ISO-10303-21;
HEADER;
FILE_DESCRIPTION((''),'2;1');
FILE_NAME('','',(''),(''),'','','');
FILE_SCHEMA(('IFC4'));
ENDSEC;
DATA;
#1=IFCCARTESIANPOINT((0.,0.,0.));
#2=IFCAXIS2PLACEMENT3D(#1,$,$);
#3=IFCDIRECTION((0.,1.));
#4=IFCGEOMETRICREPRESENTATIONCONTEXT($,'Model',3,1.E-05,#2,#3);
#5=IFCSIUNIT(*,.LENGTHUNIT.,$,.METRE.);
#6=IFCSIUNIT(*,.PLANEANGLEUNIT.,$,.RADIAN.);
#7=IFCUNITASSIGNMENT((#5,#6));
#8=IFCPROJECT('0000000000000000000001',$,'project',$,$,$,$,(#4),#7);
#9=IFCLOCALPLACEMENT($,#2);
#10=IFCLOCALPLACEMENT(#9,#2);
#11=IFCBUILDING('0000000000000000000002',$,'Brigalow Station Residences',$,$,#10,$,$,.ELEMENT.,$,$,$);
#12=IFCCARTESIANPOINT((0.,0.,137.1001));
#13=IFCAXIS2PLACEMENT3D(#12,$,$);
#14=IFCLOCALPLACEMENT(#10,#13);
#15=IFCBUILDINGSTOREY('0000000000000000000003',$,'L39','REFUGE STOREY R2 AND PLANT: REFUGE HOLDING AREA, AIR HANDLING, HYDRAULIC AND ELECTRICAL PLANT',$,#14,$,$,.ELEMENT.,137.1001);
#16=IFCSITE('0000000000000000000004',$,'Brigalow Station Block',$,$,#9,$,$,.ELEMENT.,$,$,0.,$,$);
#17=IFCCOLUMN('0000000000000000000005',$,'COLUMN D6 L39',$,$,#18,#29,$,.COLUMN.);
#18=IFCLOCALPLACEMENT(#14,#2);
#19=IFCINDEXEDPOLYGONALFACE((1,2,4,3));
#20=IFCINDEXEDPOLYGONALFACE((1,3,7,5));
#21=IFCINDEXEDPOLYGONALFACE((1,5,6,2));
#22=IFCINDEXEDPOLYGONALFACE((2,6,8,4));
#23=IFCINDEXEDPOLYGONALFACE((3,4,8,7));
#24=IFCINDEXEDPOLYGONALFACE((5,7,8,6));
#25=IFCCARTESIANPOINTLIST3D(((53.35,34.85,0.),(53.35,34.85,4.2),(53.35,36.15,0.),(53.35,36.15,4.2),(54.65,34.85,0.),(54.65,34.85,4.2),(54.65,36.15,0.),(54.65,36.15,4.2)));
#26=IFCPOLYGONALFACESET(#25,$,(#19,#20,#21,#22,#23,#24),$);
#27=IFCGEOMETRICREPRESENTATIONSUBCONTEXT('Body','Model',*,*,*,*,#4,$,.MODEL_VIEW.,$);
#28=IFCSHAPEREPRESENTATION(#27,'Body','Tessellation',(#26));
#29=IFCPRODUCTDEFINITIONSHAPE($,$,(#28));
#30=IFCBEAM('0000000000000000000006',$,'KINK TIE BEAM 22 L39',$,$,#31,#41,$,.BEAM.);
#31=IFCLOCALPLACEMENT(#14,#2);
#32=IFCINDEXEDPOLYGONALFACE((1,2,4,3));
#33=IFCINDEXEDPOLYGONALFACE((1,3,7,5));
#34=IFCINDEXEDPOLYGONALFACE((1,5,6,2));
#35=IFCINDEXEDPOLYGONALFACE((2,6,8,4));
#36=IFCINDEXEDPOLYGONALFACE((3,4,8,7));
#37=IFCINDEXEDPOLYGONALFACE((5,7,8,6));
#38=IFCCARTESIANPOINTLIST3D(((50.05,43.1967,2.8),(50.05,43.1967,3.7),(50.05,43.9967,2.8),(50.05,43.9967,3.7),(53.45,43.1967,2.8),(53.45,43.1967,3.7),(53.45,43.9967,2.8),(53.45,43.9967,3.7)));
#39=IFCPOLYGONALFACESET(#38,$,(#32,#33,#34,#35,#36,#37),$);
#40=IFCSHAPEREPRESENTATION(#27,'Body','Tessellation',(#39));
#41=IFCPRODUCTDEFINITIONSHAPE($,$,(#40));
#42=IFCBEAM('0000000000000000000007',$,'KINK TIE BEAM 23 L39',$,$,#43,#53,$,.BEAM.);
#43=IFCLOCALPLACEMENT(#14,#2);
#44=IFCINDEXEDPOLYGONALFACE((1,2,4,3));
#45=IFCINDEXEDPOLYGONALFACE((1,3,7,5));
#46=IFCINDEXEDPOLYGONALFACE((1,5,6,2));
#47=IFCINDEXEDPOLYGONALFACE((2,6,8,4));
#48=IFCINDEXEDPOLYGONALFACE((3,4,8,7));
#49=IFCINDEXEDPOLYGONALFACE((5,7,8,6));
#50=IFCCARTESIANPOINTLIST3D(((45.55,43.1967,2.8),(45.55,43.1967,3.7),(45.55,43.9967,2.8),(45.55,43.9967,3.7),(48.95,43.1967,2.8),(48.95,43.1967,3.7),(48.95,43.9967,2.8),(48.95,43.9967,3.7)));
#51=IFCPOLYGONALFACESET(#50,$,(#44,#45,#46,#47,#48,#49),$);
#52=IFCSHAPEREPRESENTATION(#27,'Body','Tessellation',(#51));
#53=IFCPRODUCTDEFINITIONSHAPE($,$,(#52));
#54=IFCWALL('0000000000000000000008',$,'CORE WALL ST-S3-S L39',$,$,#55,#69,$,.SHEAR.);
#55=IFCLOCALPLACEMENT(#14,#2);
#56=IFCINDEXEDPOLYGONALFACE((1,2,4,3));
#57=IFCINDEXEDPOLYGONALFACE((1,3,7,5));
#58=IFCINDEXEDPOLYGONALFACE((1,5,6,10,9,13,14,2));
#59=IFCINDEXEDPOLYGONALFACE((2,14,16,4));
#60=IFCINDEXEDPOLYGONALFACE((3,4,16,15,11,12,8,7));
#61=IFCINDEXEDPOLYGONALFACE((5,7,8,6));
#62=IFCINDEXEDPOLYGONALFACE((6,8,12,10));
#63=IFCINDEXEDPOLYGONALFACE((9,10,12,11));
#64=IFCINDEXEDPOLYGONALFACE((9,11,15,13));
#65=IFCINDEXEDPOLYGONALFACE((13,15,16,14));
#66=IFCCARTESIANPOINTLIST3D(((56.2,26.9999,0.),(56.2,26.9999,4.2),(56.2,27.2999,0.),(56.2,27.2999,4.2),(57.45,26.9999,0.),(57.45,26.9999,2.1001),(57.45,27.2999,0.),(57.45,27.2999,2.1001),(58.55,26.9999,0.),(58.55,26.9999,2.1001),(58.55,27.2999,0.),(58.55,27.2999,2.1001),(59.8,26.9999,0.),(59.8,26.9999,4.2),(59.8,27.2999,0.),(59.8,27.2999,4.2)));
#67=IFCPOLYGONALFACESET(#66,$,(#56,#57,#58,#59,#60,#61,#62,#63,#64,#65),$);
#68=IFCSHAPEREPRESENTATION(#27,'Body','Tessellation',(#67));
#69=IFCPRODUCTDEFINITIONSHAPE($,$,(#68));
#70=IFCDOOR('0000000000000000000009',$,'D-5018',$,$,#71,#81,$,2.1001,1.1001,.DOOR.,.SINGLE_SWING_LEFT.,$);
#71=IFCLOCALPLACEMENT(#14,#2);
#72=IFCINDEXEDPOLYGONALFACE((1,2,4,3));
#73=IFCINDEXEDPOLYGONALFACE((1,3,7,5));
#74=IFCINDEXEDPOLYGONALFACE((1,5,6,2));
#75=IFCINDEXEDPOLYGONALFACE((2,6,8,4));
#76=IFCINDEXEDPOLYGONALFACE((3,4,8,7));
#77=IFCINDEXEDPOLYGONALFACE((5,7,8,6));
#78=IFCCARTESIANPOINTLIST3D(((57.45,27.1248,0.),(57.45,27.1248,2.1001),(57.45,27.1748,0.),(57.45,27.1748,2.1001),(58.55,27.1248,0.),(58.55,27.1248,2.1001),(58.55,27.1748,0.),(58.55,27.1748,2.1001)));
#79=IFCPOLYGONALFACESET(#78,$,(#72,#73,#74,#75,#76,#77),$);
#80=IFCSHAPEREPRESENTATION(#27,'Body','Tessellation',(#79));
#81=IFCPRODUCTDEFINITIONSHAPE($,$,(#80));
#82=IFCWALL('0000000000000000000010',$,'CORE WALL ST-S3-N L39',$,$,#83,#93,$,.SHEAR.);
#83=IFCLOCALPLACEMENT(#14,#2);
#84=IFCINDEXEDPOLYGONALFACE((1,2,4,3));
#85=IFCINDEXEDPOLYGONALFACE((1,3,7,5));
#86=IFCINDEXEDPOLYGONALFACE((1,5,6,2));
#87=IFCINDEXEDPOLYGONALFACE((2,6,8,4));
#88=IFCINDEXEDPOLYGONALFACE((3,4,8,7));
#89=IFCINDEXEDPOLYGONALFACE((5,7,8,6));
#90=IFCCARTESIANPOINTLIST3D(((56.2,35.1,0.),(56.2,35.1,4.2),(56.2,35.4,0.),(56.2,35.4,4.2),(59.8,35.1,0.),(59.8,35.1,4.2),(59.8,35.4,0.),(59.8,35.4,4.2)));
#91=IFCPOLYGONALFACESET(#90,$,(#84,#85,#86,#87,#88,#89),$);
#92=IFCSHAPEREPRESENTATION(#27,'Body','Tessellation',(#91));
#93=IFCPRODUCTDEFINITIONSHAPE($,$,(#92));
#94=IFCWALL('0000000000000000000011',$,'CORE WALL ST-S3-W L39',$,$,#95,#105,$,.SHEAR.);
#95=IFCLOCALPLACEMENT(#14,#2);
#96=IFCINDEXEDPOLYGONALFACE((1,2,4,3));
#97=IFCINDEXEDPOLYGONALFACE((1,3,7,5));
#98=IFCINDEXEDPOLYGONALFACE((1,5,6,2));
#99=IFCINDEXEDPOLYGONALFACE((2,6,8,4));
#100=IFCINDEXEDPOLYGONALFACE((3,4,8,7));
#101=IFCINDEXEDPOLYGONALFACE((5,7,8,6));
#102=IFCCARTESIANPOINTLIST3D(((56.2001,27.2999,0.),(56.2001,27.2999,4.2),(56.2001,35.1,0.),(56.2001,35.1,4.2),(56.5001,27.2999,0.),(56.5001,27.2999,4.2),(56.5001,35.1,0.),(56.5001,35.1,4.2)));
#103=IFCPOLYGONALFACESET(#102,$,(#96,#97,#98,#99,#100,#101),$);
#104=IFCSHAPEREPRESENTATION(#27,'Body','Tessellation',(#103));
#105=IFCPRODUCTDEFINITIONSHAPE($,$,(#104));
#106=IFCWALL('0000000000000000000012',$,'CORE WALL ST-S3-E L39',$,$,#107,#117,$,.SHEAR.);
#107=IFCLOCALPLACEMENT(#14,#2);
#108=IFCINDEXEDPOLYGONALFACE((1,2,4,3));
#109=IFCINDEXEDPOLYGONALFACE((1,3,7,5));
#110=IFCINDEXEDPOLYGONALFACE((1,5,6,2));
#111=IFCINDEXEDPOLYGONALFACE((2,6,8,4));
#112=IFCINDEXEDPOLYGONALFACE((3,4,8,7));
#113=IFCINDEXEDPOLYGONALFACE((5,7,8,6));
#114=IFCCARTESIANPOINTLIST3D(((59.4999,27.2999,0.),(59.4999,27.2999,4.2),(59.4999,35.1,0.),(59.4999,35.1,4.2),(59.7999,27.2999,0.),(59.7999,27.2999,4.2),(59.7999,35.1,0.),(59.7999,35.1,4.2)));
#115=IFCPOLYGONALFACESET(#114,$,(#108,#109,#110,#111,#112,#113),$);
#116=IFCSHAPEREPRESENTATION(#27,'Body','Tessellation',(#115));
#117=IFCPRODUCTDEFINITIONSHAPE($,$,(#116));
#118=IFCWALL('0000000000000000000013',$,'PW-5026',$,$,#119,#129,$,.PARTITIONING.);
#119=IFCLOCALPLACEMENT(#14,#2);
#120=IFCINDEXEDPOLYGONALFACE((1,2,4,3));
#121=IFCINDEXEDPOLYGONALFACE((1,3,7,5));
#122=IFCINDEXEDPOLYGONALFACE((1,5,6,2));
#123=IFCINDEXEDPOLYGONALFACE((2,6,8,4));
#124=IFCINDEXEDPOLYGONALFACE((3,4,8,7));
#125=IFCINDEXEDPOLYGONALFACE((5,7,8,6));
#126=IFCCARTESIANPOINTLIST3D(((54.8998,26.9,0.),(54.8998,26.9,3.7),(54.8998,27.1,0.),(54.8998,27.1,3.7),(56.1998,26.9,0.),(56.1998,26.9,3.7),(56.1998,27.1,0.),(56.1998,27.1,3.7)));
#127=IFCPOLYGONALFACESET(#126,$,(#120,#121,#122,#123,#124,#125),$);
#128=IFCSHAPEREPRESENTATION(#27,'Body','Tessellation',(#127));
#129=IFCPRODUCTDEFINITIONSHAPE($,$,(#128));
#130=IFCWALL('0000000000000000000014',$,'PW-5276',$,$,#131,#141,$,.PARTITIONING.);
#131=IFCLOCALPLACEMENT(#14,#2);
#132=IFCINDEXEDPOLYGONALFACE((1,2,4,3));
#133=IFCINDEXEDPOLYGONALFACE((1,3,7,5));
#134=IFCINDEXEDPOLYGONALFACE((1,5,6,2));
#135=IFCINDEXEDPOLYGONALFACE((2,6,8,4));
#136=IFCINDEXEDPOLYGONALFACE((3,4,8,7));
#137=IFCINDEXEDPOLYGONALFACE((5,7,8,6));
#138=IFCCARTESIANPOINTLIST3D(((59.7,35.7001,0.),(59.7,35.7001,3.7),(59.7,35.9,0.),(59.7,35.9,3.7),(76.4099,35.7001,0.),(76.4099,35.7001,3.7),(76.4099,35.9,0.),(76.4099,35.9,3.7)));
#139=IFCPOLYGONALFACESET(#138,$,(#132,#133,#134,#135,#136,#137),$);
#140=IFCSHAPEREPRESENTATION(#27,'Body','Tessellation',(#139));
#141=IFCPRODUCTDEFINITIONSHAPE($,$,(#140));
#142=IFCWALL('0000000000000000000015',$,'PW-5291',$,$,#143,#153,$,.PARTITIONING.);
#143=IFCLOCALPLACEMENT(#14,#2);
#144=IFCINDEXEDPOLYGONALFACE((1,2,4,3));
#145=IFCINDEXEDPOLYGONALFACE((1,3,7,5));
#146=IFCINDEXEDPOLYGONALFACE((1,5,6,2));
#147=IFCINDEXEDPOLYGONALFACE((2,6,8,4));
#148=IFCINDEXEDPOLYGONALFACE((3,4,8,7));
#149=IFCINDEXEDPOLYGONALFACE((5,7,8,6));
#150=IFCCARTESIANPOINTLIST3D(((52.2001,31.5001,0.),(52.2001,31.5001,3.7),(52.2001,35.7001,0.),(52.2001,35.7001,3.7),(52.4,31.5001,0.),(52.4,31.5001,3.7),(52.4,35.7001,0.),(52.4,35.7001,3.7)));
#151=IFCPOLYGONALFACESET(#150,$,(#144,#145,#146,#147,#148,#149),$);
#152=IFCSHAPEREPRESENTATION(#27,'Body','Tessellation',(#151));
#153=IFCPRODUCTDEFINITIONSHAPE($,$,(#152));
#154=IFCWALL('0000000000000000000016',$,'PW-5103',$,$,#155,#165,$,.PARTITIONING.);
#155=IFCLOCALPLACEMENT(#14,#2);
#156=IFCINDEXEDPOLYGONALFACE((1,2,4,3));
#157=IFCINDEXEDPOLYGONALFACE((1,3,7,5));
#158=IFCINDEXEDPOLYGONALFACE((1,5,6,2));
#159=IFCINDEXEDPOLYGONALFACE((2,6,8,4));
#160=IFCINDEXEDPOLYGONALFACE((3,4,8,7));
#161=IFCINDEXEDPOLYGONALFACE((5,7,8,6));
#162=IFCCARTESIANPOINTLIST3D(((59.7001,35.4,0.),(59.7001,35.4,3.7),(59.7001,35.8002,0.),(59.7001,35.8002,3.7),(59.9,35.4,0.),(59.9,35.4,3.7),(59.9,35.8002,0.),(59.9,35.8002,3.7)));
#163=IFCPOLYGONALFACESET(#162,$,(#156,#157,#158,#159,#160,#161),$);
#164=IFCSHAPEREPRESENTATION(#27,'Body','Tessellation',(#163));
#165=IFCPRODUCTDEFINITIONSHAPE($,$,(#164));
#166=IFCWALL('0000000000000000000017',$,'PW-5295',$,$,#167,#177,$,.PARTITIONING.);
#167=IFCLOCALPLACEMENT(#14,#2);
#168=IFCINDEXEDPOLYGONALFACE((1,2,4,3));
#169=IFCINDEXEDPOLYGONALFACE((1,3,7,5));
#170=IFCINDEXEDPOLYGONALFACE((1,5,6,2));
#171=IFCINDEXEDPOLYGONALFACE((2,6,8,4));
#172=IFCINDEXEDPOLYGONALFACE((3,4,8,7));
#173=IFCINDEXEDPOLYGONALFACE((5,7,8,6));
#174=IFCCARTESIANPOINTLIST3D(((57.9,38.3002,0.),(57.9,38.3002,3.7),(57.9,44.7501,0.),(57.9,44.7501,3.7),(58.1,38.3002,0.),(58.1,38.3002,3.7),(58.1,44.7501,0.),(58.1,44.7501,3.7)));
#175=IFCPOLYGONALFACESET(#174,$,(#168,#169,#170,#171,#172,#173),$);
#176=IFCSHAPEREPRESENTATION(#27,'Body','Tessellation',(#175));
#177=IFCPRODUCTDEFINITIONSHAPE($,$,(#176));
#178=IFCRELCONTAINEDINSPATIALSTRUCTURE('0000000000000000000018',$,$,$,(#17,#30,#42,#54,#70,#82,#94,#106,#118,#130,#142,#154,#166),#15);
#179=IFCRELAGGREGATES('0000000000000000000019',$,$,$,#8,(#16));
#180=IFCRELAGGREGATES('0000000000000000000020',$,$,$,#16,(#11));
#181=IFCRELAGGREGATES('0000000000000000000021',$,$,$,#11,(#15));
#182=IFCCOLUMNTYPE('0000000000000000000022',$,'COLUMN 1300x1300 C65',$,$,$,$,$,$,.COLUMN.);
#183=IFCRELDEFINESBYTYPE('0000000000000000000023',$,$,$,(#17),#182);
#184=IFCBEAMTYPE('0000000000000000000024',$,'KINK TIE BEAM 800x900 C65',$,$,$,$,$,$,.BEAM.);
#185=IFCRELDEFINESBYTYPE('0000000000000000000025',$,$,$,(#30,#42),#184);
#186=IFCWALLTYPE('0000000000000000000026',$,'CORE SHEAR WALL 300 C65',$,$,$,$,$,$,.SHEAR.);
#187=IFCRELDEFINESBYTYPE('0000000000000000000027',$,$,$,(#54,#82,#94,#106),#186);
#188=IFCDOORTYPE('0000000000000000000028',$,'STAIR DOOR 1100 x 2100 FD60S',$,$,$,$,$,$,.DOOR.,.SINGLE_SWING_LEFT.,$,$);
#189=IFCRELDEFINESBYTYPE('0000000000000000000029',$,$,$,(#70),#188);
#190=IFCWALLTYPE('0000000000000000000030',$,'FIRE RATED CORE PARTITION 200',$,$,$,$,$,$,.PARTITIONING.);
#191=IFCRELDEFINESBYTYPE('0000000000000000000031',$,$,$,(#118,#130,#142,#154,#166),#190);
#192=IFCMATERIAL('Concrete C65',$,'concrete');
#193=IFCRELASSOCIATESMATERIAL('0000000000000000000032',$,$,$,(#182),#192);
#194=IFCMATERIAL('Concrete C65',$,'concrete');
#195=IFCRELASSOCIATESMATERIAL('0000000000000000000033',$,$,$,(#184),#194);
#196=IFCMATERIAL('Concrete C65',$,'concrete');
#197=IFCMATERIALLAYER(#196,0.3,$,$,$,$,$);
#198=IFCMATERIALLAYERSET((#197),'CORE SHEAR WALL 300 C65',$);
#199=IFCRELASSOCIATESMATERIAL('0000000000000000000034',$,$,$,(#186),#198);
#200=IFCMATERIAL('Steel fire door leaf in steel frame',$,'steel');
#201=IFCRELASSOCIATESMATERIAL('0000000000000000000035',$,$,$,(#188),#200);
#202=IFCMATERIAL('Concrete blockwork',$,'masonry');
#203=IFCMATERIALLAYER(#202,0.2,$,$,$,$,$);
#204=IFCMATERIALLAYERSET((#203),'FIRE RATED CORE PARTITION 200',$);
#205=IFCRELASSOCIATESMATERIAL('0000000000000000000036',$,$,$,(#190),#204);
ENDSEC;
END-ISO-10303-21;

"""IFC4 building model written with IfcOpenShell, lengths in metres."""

from ifc_helpers import new_model, si_unit, direction, frame, frame_2d, origin, origin_2d, place, context, subcontext, project, spatial, rectangle, extrude, material, layer, layer_set, material_profile, profile_set, type_object, element, fill, save


model = new_model("IFC4")

# Units and contexts
model_context = context("Model", 3, precision=1e-05, world=origin(), true_north=direction((0.0, 1.0)))
body_context = subcontext(model_context, "Body", "Model", "MODEL_VIEW")
ifc_project = project(units=[si_unit("LENGTHUNIT", "METRE"), si_unit("PLANEANGLEUNIT", "RADIAN")], contexts=[model_context])

# Site, building, storey
site_placement = place(None, origin())
site = spatial("IfcSite", under=ifc_project, at=site_placement, Name="Brigalow Station Block", CompositionType="ELEMENT", RefElevation=0.0)
building_placement = place(site_placement, origin())
building = spatial("IfcBuilding", under=site, at=building_placement, Name="Brigalow Station Residences", CompositionType="ELEMENT")
storey_placement = place(building_placement, frame((0.0, 0.0, 137.1001)))
storey = spatial("IfcBuildingStorey", under=building, at=storey_placement, Name="L39", Description="REFUGE STOREY R2 AND PLANT: REFUGE HOLDING AREA, AIR HANDLING, HYDRAULIC AND ELECTRICAL PLANT", CompositionType="ELEMENT", Elevation=137.1001)

# Column
ifc_material_1 = material(Name="Concrete C65", Category="concrete")
ifc_material_profile_1 = material_profile(ifc_material_1, rectangle(XDim=1.3, YDim=1.3, at=origin_2d()), Name="RC1300x1300")
ifc_profile_set_1 = profile_set([ifc_material_profile_1], Name="Concrete C65")
column_type = type_object("IfcColumnType", Name="COLUMN 1300x1300 C65", PredefinedType="COLUMN", material=ifc_profile_set_1)
column_placement = place(storey_placement, frame((54.0, 35.5, 0.0), z_axis=(0.0, 0.0, 1.0), x_axis=(1.0, 0.0, 0.0)))
element("IfcColumn", 1, at=column_placement, inside=storey, type_object=column_type, Name="COLUMN D6 L39", PredefinedType="COLUMN", context=body_context, shape_type="SweptSolid", body=[
    extrude(rectangle(XDim=1.3, YDim=1.3, at=origin_2d()), origin(), (0.0, 0.0, 1.0), 4.2),
])

# Beams
ifc_material_2 = material(Name="Concrete C65", Category="concrete")
ifc_material_profile_2 = material_profile(ifc_material_2, rectangle(XDim=0.8, YDim=0.8999, at=origin_2d()), Name="RC800x900")
ifc_profile_set_2 = profile_set([ifc_material_profile_2], Name="Concrete C65")
beam_type = type_object("IfcBeamType", Name="KINK TIE BEAM 800x900 C65", PredefinedType="BEAM", material=ifc_profile_set_2)
for number, where, z_axis, x_axis, name in (
    (2, (53.45, 43.5967, 3.25), (-1.0, 0.0, 0.0), (0.0, -1.0, 0.0), "KINK TIE BEAM 22 L39"),
    (3, (48.95, 43.5967, 3.25), (-1.0, 0.0, 0.0), (0.0, -1.0, 0.0), "KINK TIE BEAM 23 L39"),
):
    element("IfcBeam", number, at=place(storey_placement, frame(where, z_axis=z_axis, x_axis=x_axis)), inside=storey, type_object=beam_type, Name=name, PredefinedType="BEAM", context=body_context, shape_type="SweptSolid", body=[
        extrude(rectangle(XDim=0.8, YDim=0.8999, at=origin_2d()), origin(), (0.0, 0.0, 1.0), 3.3999),
    ])

# Wall, opening, door
ifc_material_3 = material(Name="Concrete C65", Category="concrete")
ifc_layer_1 = layer(ifc_material_3, 0.3)
ifc_layer_set_1 = layer_set([ifc_layer_1], Name="CORE SHEAR WALL 300 C65")
wall_type_1 = type_object("IfcWallType", Name="CORE SHEAR WALL 300 C65", PredefinedType="SHEAR", material=ifc_layer_set_1)
wall_1_placement = place(storey_placement, frame((56.2, 27.1499, 0.0), z_axis=(0.0, 0.0, 1.0), x_axis=(1.0, 0.0, 0.0)))
wall_1 = element("IfcWall", 4, at=wall_1_placement, inside=storey, type_object=wall_type_1, Name="CORE WALL ST-S3-S L39", PredefinedType="SHEAR", context=body_context, shape_type="SweptSolid", body=[
    extrude(rectangle(XDim=3.6001, YDim=0.3, at=frame_2d((1.8, 0.0))), origin(), (0.0, 0.0, 1.0), 4.2),
])
opening_1_placement = place(wall_1_placement, frame((1.25, 0.0, 0.0)))
opening_1 = element("IfcOpeningElement", 5, at=opening_1_placement, cuts=wall_1, PredefinedType="OPENING", context=body_context, shape_type="SweptSolid", body=[
    extrude(rectangle(XDim=1.1001, YDim=2.1001, at=frame_2d((0.55, 1.05))), frame((0.0, 0.1602, 0.0), z_axis=(0.0, -1.0, 0.0), x_axis=(1.0, 0.0, 0.0)), (0.0, 0.0, 1.0), 0.3201),
])
ifc_material_4 = material(Name="Steel fire door leaf in steel frame", Category="steel")
door_type_1 = type_object("IfcDoorType", Name="STAIR DOOR 1100 x 2100 FD60S", OperationType="SINGLE_SWING_LEFT", PredefinedType="DOOR", material=ifc_material_4)
door_1_placement = place(opening_1_placement, origin())
door_1 = element("IfcDoor", 6, at=door_1_placement, inside=storey, type_object=door_type_1, Name="D-5018", OperationType="SINGLE_SWING_LEFT", OverallHeight=2.1001, OverallWidth=1.1001, PredefinedType="DOOR", context=body_context, shape_type="SweptSolid", body=[
    extrude(rectangle(XDim=1.1001, YDim=2.1001, at=frame_2d((0.55, 1.05))), frame((0.0, 0.0249, 0.0), z_axis=(0.0, -1.0, 0.0), x_axis=(1.0, 0.0, 0.0)), (0.0, 0.0, 1.0), 0.05),
])
fill(opening_1, door_1)

# Walls
wall_2_placement = place(storey_placement, frame((56.2, 35.25, 0.0), z_axis=(0.0, 0.0, 1.0), x_axis=(1.0, 0.0, 0.0)))
element("IfcWall", 7, at=wall_2_placement, inside=storey, type_object=wall_type_1, Name="CORE WALL ST-S3-N L39", PredefinedType="SHEAR", context=body_context, shape_type="SweptSolid", body=[
    extrude(rectangle(XDim=3.6001, YDim=0.3, at=frame_2d((1.8, 0.0))), origin(), (0.0, 0.0, 1.0), 4.2),
])
for number, where, z_axis, x_axis, name in (
    (8, (56.3501, 27.3, 0.0), (0.0, 0.0, 1.0), (0.0, 1.0, 0.0), "CORE WALL ST-S3-W L39"),
    (9, (59.6499, 27.3, 0.0), (0.0, 0.0, 1.0), (0.0, 1.0, 0.0), "CORE WALL ST-S3-E L39"),
):
    element("IfcWall", number, at=place(storey_placement, frame(where, z_axis=z_axis, x_axis=x_axis)), inside=storey, type_object=wall_type_1, Name=name, PredefinedType="SHEAR", context=body_context, shape_type="SweptSolid", body=[
        extrude(rectangle(XDim=7.8, YDim=0.3, at=frame_2d((3.8999, 0.0))), origin(), (0.0, 0.0, 1.0), 4.2),
    ])
ifc_material_5 = material(Name="Concrete blockwork", Category="masonry")
ifc_layer_2 = layer(ifc_material_5, 0.2)
ifc_layer_set_2 = layer_set([ifc_layer_2], Name="FIRE RATED CORE PARTITION 200")
wall_type_2 = type_object("IfcWallType", Name="FIRE RATED CORE PARTITION 200", PredefinedType="PARTITIONING", material=ifc_layer_set_2)
wall_3_placement = place(storey_placement, frame((54.8999, 27.0, 0.0), z_axis=(0.0, 0.0, 1.0), x_axis=(1.0, 0.0, 0.0)))
element("IfcWall", 10, at=wall_3_placement, inside=storey, type_object=wall_type_2, Name="PW-5026", PredefinedType="PARTITIONING", context=body_context, shape_type="SweptSolid", body=[
    extrude(rectangle(XDim=1.3, YDim=0.2, at=frame_2d((0.6499, 0.0))), origin(), (0.0, 0.0, 1.0), 3.7),
])
wall_4_placement = place(storey_placement, frame((59.7, 35.8, 0.0), z_axis=(0.0, 0.0, 1.0), x_axis=(1.0, 0.0, 0.0)))
element("IfcWall", 11, at=wall_4_placement, inside=storey, type_object=wall_type_2, Name="PW-5276", PredefinedType="PARTITIONING", context=body_context, shape_type="SweptSolid", body=[
    extrude(rectangle(XDim=16.71, YDim=0.2, at=frame_2d((8.355, 0.0))), origin(), (0.0, 0.0, 1.0), 3.7),
])
wall_5_placement = place(storey_placement, frame((52.3, 31.5, 0.0), z_axis=(0.0, 0.0, 1.0), x_axis=(0.0, 1.0, 0.0)))
element("IfcWall", 12, at=wall_5_placement, inside=storey, type_object=wall_type_2, Name="PW-5291", PredefinedType="PARTITIONING", context=body_context, shape_type="SweptSolid", body=[
    extrude(rectangle(XDim=4.2, YDim=0.2, at=frame_2d((2.1001, 0.0))), origin(), (0.0, 0.0, 1.0), 3.7),
])
wall_6_placement = place(storey_placement, frame((59.8, 35.3999, 0.0), z_axis=(0.0, 0.0, 1.0), x_axis=(0.0, 1.0, 0.0)))
element("IfcWall", 13, at=wall_6_placement, inside=storey, type_object=wall_type_2, Name="PW-5103", PredefinedType="PARTITIONING", context=body_context, shape_type="SweptSolid", body=[
    extrude(rectangle(XDim=0.4001, YDim=0.2, at=frame_2d((0.2002, 0.0))), origin(), (0.0, 0.0, 1.0), 3.7),
])
wall_7_placement = place(storey_placement, frame((58.0, 38.3, 0.0), z_axis=(0.0, 0.0, 1.0), x_axis=(0.0, 1.0, 0.0)))
element("IfcWall", 14, at=wall_7_placement, inside=storey, type_object=wall_type_2, Name="PW-5295", PredefinedType="PARTITIONING", context=body_context, shape_type="SweptSolid", body=[
    extrude(rectangle(XDim=6.45, YDim=0.2, at=frame_2d((3.2251, 0.0))), origin(), (0.0, 0.0, 1.0), 3.7),
])

save(model, "model.ifc")
